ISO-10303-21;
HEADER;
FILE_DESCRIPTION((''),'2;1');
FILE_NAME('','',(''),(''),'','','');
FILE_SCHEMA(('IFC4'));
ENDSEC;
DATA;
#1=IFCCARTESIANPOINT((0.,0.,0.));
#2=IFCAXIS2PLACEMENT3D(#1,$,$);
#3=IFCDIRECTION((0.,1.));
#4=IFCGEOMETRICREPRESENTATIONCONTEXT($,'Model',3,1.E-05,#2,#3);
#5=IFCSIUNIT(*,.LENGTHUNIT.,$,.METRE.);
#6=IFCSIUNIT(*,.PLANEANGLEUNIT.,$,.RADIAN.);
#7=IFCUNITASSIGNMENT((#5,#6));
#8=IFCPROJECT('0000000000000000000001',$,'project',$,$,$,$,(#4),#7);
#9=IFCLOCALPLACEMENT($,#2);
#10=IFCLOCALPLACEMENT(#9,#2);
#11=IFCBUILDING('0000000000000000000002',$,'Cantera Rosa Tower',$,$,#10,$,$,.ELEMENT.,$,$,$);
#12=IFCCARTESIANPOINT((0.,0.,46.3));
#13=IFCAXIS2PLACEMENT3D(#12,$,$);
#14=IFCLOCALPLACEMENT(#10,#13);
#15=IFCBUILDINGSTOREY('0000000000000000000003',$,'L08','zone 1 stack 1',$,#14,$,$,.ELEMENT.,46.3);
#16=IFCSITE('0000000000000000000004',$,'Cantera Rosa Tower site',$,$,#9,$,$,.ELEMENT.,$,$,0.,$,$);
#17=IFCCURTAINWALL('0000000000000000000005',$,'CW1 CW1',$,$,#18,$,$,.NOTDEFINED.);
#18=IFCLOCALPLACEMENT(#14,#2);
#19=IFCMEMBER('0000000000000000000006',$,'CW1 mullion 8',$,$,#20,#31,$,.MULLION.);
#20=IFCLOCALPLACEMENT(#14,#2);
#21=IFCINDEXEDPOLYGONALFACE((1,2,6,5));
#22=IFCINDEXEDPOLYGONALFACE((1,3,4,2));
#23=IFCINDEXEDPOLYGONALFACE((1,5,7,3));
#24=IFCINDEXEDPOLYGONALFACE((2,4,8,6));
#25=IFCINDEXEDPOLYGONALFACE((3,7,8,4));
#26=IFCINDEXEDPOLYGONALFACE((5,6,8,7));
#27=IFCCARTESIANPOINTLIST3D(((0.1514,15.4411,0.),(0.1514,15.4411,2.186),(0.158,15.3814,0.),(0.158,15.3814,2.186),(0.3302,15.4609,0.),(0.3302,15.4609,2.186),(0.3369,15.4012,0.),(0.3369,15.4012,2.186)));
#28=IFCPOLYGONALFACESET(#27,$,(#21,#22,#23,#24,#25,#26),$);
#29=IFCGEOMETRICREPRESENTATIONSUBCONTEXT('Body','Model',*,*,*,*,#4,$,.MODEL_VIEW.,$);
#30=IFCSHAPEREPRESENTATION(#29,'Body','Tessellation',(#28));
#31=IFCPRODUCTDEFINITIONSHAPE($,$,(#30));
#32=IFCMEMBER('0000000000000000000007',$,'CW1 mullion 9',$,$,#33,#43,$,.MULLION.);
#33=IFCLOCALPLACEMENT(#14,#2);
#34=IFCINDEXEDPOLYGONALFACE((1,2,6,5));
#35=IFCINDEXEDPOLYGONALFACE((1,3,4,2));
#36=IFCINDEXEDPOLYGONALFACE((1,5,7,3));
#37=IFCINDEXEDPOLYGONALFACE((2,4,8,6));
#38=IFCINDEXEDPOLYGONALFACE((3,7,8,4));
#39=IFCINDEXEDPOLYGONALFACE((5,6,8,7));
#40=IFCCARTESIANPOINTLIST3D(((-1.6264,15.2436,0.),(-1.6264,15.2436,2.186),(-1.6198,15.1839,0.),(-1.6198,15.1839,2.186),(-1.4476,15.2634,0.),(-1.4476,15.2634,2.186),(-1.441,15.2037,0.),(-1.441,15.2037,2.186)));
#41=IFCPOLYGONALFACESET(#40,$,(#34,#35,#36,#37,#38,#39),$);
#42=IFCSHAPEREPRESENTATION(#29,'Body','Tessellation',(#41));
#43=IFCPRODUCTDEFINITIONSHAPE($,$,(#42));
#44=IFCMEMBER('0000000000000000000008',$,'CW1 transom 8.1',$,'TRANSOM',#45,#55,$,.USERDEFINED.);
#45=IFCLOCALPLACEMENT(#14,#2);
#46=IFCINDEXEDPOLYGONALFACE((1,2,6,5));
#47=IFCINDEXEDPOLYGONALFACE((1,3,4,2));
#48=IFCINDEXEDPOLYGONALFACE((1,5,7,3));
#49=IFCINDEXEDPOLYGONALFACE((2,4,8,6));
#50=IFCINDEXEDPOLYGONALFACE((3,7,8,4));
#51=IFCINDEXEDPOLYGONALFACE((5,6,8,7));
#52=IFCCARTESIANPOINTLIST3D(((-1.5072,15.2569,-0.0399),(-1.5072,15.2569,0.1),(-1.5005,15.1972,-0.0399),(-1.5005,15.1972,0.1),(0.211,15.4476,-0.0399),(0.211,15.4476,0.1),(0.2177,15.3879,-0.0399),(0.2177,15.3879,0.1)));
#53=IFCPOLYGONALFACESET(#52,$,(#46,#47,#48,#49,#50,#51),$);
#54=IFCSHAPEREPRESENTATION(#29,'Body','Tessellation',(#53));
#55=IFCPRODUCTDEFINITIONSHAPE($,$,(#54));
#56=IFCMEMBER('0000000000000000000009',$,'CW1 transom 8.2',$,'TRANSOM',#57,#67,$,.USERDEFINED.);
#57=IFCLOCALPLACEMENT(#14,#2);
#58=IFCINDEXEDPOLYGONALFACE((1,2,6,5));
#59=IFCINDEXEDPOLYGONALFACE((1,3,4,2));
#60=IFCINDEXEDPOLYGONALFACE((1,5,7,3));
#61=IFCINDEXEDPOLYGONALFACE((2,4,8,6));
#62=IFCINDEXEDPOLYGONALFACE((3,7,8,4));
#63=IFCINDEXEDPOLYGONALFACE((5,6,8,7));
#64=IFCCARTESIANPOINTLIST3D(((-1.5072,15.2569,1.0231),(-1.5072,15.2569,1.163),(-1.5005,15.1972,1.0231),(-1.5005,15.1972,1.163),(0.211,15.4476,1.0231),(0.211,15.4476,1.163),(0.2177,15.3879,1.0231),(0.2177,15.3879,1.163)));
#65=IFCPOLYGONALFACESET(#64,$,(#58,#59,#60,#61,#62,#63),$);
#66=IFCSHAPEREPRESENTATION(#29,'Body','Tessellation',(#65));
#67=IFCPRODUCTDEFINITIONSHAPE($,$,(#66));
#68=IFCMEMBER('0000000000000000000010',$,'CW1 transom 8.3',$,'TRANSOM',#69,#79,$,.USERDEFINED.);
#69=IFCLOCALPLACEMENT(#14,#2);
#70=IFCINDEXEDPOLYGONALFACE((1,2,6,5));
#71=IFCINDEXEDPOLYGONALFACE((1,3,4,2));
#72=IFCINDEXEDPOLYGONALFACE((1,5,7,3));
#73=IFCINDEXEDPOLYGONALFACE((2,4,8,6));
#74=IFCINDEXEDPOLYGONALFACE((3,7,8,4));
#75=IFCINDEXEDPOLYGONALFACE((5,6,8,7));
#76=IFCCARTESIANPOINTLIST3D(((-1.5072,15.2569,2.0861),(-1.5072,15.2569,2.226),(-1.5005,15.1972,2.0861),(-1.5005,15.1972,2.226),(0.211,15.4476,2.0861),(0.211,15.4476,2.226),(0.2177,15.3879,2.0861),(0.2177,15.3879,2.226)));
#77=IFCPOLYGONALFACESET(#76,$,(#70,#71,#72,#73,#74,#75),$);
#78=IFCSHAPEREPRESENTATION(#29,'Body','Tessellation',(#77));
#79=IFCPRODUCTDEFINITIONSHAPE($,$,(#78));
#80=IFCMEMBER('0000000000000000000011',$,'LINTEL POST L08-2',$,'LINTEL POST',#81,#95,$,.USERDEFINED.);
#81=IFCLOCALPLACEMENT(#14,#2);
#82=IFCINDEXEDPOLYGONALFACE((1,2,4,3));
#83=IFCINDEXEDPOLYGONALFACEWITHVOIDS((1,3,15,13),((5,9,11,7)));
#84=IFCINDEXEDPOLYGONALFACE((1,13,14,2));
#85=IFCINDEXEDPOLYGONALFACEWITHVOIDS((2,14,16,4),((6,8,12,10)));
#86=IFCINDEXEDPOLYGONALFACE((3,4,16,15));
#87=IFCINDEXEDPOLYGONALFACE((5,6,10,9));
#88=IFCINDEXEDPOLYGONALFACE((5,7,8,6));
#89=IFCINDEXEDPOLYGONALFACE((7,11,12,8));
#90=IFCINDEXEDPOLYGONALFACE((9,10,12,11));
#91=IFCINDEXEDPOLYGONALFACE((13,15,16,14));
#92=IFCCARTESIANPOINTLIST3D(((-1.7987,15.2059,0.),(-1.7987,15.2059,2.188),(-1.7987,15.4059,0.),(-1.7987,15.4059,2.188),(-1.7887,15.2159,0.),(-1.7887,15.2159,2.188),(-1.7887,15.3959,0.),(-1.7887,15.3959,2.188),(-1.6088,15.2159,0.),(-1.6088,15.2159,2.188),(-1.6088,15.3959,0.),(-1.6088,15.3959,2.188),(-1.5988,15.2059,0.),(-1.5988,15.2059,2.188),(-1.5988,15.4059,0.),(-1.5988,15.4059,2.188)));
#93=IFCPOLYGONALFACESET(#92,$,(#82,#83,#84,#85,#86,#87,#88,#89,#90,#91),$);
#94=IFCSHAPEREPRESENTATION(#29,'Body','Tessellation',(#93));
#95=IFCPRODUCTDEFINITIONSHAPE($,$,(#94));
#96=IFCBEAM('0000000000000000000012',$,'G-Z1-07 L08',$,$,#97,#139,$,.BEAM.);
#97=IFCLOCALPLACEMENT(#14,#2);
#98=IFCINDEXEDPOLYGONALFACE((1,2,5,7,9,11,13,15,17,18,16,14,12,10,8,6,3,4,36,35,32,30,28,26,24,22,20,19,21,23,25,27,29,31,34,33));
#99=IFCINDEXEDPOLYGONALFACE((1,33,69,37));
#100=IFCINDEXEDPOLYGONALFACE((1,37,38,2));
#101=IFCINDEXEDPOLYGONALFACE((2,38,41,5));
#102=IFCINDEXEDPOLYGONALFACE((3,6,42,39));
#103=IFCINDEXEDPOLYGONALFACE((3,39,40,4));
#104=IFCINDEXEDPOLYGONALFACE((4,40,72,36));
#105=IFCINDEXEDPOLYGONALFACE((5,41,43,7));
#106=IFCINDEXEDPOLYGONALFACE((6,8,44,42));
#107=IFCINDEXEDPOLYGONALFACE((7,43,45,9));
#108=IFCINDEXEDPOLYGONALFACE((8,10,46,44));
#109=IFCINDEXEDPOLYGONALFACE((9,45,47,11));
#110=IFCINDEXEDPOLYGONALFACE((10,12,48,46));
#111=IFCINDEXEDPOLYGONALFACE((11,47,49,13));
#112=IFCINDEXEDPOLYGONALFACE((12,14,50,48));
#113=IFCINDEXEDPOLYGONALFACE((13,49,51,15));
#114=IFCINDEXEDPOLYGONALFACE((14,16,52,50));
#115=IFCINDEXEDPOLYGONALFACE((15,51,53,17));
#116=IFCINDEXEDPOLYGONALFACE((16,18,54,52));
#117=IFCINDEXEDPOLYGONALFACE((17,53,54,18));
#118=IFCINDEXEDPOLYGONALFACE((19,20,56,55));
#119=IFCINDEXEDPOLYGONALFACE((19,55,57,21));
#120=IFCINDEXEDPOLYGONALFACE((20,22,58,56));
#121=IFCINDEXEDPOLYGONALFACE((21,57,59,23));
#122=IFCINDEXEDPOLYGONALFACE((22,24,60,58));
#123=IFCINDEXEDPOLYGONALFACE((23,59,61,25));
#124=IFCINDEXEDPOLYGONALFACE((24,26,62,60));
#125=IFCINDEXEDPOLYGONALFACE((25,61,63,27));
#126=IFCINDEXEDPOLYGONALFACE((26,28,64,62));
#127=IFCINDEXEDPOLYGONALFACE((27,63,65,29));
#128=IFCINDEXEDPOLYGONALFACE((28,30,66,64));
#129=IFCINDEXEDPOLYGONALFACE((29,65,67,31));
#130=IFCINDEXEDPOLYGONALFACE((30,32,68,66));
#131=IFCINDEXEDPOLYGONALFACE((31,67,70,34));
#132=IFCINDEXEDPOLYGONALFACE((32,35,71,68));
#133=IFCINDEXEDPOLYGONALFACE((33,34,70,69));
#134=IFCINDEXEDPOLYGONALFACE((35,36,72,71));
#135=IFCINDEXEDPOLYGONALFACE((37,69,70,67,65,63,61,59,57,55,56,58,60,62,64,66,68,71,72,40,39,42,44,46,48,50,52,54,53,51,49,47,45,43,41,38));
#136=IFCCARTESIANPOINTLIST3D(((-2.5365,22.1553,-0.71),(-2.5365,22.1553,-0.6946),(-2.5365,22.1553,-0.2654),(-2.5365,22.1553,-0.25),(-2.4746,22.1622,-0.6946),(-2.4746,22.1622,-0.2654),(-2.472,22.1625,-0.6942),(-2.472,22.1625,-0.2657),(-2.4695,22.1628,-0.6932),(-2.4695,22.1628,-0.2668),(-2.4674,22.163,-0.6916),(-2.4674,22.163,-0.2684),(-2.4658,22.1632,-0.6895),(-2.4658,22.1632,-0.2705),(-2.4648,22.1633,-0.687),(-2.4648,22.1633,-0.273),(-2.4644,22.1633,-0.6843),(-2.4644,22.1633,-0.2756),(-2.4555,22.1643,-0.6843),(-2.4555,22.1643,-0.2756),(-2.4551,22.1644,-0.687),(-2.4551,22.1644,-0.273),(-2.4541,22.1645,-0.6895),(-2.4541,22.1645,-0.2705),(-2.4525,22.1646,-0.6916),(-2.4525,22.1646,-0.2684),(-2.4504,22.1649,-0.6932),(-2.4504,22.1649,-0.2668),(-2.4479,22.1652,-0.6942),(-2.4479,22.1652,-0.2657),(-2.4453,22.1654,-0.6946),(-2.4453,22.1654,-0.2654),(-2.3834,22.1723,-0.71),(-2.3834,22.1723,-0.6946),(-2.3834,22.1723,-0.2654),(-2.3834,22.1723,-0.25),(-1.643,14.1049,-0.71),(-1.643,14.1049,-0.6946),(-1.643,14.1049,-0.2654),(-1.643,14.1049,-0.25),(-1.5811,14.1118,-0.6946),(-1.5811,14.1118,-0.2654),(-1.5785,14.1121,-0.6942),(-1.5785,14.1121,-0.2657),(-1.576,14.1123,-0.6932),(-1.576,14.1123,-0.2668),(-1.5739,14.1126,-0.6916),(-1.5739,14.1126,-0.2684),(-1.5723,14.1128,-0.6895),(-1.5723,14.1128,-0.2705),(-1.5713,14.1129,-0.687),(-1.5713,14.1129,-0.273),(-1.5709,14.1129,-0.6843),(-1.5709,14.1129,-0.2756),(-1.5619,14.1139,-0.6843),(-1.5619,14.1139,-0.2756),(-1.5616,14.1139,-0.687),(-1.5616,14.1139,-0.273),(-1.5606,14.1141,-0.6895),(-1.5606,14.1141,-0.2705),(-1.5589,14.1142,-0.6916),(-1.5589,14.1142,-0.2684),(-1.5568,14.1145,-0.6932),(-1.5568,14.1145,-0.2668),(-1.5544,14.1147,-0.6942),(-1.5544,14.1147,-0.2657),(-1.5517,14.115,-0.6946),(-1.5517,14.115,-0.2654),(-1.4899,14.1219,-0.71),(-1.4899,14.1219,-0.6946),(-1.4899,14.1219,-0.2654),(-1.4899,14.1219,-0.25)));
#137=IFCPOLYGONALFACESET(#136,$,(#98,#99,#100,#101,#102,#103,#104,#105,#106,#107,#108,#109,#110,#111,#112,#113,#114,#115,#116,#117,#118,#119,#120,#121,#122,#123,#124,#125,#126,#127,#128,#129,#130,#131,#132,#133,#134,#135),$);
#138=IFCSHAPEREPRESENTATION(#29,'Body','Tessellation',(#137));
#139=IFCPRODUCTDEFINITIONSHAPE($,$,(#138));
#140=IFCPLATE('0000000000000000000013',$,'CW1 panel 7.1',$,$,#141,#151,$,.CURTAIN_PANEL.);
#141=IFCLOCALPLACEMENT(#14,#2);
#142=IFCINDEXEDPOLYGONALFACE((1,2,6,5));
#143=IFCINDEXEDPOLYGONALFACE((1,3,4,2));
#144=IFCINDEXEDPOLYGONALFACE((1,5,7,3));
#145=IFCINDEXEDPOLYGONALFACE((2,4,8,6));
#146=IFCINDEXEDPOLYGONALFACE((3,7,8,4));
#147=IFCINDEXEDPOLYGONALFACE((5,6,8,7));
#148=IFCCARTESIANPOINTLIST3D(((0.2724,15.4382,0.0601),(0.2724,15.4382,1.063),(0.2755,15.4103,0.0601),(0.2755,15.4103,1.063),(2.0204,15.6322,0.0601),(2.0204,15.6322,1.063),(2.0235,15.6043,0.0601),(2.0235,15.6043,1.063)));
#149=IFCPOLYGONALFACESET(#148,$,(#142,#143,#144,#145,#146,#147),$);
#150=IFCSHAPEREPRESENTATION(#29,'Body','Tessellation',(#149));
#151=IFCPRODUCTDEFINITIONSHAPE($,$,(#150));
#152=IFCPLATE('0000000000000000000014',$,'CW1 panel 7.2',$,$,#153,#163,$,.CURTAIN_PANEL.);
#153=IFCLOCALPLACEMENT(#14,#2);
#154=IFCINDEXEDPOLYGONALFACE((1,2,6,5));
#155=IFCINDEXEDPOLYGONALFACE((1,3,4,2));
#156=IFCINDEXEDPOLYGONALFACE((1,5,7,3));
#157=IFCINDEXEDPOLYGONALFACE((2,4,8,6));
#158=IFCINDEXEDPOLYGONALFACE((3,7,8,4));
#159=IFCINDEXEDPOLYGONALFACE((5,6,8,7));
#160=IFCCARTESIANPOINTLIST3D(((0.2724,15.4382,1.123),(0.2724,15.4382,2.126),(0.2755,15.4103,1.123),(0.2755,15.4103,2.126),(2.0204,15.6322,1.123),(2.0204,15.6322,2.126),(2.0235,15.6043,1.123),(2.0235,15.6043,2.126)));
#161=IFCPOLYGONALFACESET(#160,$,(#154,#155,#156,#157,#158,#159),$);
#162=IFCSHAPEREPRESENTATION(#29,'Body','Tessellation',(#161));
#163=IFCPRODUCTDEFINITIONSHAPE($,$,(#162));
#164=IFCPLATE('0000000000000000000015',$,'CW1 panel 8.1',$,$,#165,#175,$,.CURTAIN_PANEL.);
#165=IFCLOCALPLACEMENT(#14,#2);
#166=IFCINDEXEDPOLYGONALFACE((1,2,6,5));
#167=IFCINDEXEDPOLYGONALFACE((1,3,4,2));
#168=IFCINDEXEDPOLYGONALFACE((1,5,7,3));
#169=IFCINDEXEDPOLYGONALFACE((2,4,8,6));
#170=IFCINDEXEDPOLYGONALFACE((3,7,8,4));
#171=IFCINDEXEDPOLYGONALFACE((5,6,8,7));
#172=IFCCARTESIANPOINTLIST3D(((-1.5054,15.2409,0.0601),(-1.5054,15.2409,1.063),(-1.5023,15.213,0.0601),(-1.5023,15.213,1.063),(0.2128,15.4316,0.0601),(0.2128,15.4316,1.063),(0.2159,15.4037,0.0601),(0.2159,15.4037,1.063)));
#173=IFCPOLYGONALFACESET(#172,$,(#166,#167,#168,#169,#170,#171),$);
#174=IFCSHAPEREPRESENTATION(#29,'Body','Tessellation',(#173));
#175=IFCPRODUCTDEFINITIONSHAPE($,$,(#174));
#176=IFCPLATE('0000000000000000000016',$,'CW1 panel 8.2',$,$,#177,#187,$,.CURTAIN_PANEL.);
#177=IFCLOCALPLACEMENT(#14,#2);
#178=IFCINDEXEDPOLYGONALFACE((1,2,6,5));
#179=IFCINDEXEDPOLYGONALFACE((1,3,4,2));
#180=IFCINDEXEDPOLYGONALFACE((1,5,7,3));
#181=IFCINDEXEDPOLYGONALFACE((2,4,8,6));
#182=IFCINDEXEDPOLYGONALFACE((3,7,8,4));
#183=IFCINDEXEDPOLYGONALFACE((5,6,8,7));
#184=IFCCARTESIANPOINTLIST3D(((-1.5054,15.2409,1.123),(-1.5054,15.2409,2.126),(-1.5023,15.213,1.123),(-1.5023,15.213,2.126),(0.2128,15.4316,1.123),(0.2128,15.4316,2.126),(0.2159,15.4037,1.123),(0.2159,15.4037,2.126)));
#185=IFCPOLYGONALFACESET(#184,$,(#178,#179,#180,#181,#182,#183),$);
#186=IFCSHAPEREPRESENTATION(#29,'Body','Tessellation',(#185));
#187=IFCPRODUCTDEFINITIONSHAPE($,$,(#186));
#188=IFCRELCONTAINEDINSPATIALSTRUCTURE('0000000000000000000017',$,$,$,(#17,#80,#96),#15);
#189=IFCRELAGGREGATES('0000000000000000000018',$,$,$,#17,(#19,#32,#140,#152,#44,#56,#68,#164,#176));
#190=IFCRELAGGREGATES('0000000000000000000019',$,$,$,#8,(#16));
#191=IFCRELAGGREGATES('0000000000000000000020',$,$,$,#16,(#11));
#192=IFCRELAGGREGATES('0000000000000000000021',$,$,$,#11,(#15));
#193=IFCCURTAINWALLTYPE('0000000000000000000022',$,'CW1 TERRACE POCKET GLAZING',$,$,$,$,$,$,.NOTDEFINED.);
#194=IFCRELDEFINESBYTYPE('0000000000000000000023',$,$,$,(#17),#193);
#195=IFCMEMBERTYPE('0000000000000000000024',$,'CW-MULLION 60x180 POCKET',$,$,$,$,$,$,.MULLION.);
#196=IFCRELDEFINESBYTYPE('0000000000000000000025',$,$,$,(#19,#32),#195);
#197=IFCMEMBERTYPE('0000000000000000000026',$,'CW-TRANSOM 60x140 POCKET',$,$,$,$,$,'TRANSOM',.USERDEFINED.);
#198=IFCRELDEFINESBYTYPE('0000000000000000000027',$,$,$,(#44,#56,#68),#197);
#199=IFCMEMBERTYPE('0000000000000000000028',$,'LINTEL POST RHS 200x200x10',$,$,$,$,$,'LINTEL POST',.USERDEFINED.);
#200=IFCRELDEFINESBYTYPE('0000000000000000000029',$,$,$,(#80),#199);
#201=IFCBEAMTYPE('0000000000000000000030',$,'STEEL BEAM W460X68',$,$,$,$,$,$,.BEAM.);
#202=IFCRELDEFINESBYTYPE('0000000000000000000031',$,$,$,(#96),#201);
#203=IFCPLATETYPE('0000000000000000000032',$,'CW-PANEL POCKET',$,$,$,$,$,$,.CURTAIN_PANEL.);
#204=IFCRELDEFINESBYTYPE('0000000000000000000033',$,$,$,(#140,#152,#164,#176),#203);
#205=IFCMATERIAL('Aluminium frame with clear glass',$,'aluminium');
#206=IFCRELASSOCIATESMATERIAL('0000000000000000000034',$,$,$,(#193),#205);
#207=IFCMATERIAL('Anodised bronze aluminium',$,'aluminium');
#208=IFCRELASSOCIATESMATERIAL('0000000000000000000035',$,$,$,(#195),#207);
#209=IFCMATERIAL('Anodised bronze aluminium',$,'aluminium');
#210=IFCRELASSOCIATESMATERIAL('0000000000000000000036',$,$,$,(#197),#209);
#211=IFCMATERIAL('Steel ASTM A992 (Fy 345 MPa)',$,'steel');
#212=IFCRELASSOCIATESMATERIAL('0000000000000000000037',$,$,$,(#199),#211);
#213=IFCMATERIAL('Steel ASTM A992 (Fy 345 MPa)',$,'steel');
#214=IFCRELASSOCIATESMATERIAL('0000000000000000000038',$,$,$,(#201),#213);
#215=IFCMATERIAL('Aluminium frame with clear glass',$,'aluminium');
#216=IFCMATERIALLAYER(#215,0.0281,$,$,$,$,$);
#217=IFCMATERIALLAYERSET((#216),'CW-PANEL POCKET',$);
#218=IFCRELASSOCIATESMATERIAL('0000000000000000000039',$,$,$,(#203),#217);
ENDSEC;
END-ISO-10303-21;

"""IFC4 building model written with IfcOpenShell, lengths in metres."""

from ifc_helpers import new_model, si_unit, direction, frame, origin, origin_2d, place, context, subcontext, project, spatial, rectangle, hollow_rectangle, i_section, extrude, material, layer, layer_set, material_profile, profile_set, type_object, element, aggregate, save


model = new_model("IFC4")

# Units and contexts
model_context = context("Model", 3, precision=1e-05, world=origin(), true_north=direction((0.0, 1.0)))
body_context = subcontext(model_context, "Body", "Model", "MODEL_VIEW")
ifc_project = project(units=[si_unit("LENGTHUNIT", "METRE"), si_unit("PLANEANGLEUNIT", "RADIAN")], contexts=[model_context])

# Site, building, storey
site_placement = place(None, origin())
site = spatial("IfcSite", under=ifc_project, at=site_placement, Name="Cantera Rosa Tower site", CompositionType="ELEMENT", RefElevation=0.0)
building_placement = place(site_placement, origin())
building = spatial("IfcBuilding", under=site, at=building_placement, Name="Cantera Rosa Tower", CompositionType="ELEMENT")
storey_placement = place(building_placement, frame((0.0, 0.0, 46.3)))
storey = spatial("IfcBuildingStorey", under=building, at=storey_placement, Name="L08", Description="zone 1 stack 1", CompositionType="ELEMENT", Elevation=46.3)

# Curtain wall, members
ifc_material_1 = material(Name="Aluminium frame with clear glass", Category="aluminium")
curtain_wall_type = type_object("IfcCurtainWallType", Name="CW1 TERRACE POCKET GLAZING", PredefinedType="NOTDEFINED", material=ifc_material_1)
curtain_wall_placement = place(storey_placement, origin())
curtain_wall = element("IfcCurtainWall", 1, at=curtain_wall_placement, inside=storey, type_object=curtain_wall_type, Name="CW1 CW1", PredefinedType="NOTDEFINED")
ifc_material_2 = material(Name="Anodised bronze aluminium", Category="aluminium")
ifc_material_profile_1 = material_profile(ifc_material_2, rectangle(XDim=0.0601, YDim=0.1799, at=origin_2d()), Name="CW-MULLION 60x180 POCKET")
ifc_profile_set_1 = profile_set([ifc_material_profile_1], Name="Anodised bronze aluminium")
member_type_1 = type_object("IfcMemberType", Name="CW-MULLION 60x180 POCKET", PredefinedType="MULLION", material=ifc_profile_set_1)
member_1_placement = place(storey_placement, frame((0.2441, 15.4211, 0.0), z_axis=(0.0, 0.0, 1.0), x_axis=(0.110313, -0.993897, 0.0)))
member_1 = element("IfcMember", 2, at=member_1_placement, type_object=member_type_1, Name="CW1 mullion 8", PredefinedType="MULLION", context=body_context, shape_type="SweptSolid", body=[
    extrude(rectangle(XDim=0.0601, YDim=0.1799, at=origin_2d()), origin(), (0.0, 0.0, 1.0), 2.186),
])
member_2_placement = place(storey_placement, frame((-1.5337, 15.2236, 0.0), z_axis=(0.0, 0.0, 1.0), x_axis=(0.110313, -0.993897, 0.0)))
member_2 = element("IfcMember", 3, at=member_2_placement, type_object=member_type_1, Name="CW1 mullion 9", PredefinedType="MULLION", context=body_context, shape_type="SweptSolid", body=[
    extrude(rectangle(XDim=0.0601, YDim=0.1799, at=origin_2d()), origin(), (0.0, 0.0, 1.0), 2.186),
])
ifc_material_3 = material(Name="Anodised bronze aluminium", Category="aluminium")
ifc_material_profile_2 = material_profile(ifc_material_3, rectangle(XDim=0.0601, YDim=0.1399, at=origin_2d()), Name="CW-TRANSOM 60x140 POCKET")
ifc_profile_set_2 = profile_set([ifc_material_profile_2], Name="Anodised bronze aluminium")
member_type_2 = type_object("IfcMemberType", Name="CW-TRANSOM 60x140 POCKET", ElementType="TRANSOM", PredefinedType="USERDEFINED", material=ifc_profile_set_2)
member_3_placement = place(storey_placement, frame((0.2144, 15.4177, 0.03), z_axis=(-0.993899, -0.110292, 0.0), x_axis=(0.110292, -0.993899, 0.0)))
member_3 = element("IfcMember", 4, at=member_3_placement, type_object=member_type_2, Name="CW1 transom 8.1", ObjectType="TRANSOM", PredefinedType="USERDEFINED", context=body_context, shape_type="SweptSolid", body=[
    extrude(rectangle(XDim=0.0601, YDim=0.1399, at=origin_2d()), origin(), (0.0, 0.0, 1.0), 1.7288),
])
member_4_placement = place(storey_placement, frame((0.2144, 15.4177, 1.093), z_axis=(-0.993899, -0.110292, 0.0), x_axis=(0.110292, -0.993899, 0.0)))
member_4 = element("IfcMember", 5, at=member_4_placement, type_object=member_type_2, Name="CW1 transom 8.2", ObjectType="TRANSOM", PredefinedType="USERDEFINED", context=body_context, shape_type="SweptSolid", body=[
    extrude(rectangle(XDim=0.0601, YDim=0.1399, at=origin_2d()), origin(), (0.0, 0.0, 1.0), 1.7288),
])
member_5_placement = place(storey_placement, frame((0.2144, 15.4177, 2.156), z_axis=(-0.993899, -0.110292, 0.0), x_axis=(0.110292, -0.993899, 0.0)))
member_5 = element("IfcMember", 6, at=member_5_placement, type_object=member_type_2, Name="CW1 transom 8.3", ObjectType="TRANSOM", PredefinedType="USERDEFINED", context=body_context, shape_type="SweptSolid", body=[
    extrude(rectangle(XDim=0.0601, YDim=0.1399, at=origin_2d()), origin(), (0.0, 0.0, 1.0), 1.7288),
])

# Member
ifc_material_4 = material(Name="Steel ASTM A992 (Fy 345 MPa)", Category="steel")
ifc_material_profile_3 = material_profile(ifc_material_4, hollow_rectangle(XDim=0.2, YDim=0.2, WallThickness=0.01, at=origin_2d()), Name="LINTEL POST RHS 200x200x10")
ifc_profile_set_3 = profile_set([ifc_material_profile_3], Name="Steel ASTM A992 (Fy 345 MPa)")
member_type_3 = type_object("IfcMemberType", Name="LINTEL POST RHS 200x200x10", ElementType="LINTEL POST", PredefinedType="USERDEFINED", material=ifc_profile_set_3)
member_6_placement = place(storey_placement, frame((-1.6987, 15.3059, 0.0), z_axis=(0.0, 0.0, 1.0), x_axis=(1.0, 0.0, 0.0)))
element("IfcMember", 7, at=member_6_placement, inside=storey, type_object=member_type_3, Name="LINTEL POST L08-2", ObjectType="LINTEL POST", PredefinedType="USERDEFINED", context=body_context, shape_type="SweptSolid", body=[
    extrude(hollow_rectangle(XDim=0.2, YDim=0.2, WallThickness=0.01, at=origin_2d()), origin(), (0.0, 0.0, 1.0), 2.188),
])

# Beam
ifc_material_5 = material(Name="Steel ASTM A992 (Fy 345 MPa)", Category="steel")
ifc_material_profile_4 = material_profile(ifc_material_5, i_section(OverallWidth=0.1541, OverallDepth=0.46, WebThickness=0.009, FlangeThickness=0.0154, FilletRadius=0.0103, at=origin_2d()), Name="W460X68")
ifc_profile_set_4 = profile_set([ifc_material_profile_4], Name="Steel ASTM A992 (Fy 345 MPa)")
beam_type = type_object("IfcBeamType", Name="STEEL BEAM W460X68", PredefinedType="BEAM", material=ifc_profile_set_4)
beam_placement = place(storey_placement, frame((-2.46, 22.1638, -0.48), z_axis=(0.110316, -0.993897, 0.0), x_axis=(0.993897, 0.110316, 0.0)))
element("IfcBeam", 8, at=beam_placement, inside=storey, type_object=beam_type, Name="G-Z1-07 L08", PredefinedType="BEAM", context=body_context, shape_type="SweptSolid", body=[
    extrude(i_section(OverallWidth=0.1541, OverallDepth=0.46, WebThickness=0.009, FlangeThickness=0.0154, FilletRadius=0.0103, at=origin_2d()), origin(), (0.0, 0.0, 1.0), 8.0999),
])

# Plates
ifc_material_6 = material(Name="Aluminium frame with clear glass", Category="aluminium")
ifc_layer_1 = layer(ifc_material_6, 0.0281)
ifc_layer_set_1 = layer_set([ifc_layer_1], Name="CW-PANEL POCKET")
plate_type = type_object("IfcPlateType", Name="CW-PANEL POCKET", PredefinedType="CURTAIN_PANEL", material=ifc_layer_set_1)
plate_1_placement = place(storey_placement, frame((1.1479, 15.5212, 0.0601), z_axis=(0.0, 0.0, 1.0), x_axis=(-0.993897, -0.110313, 0.0)))
plate_1 = element("IfcPlate", 9, at=plate_1_placement, type_object=plate_type, Name="CW1 panel 7.1", PredefinedType="CURTAIN_PANEL", context=body_context, shape_type="SweptSolid", body=[
    extrude(rectangle(XDim=1.7588, YDim=0.0281, at=origin_2d()), origin(), (0.0, 0.0, 1.0), 1.0029),
])
plate_2_placement = place(storey_placement, frame((1.1479, 15.5212, 1.123), z_axis=(0.0, 0.0, 1.0), x_axis=(-0.993897, -0.110313, 0.0)))
plate_2 = element("IfcPlate", 10, at=plate_2_placement, type_object=plate_type, Name="CW1 panel 7.2", PredefinedType="CURTAIN_PANEL", context=body_context, shape_type="SweptSolid", body=[
    extrude(rectangle(XDim=1.7588, YDim=0.0281, at=origin_2d()), origin(), (0.0, 0.0, 1.0), 1.0029),
])
plate_3_placement = place(storey_placement, frame((-0.6448, 15.3223, 0.0601), z_axis=(0.0, 0.0, 1.0), x_axis=(-0.993897, -0.110313, 0.0)))
plate_3 = element("IfcPlate", 11, at=plate_3_placement, type_object=plate_type, Name="CW1 panel 8.1", PredefinedType="CURTAIN_PANEL", context=body_context, shape_type="SweptSolid", body=[
    extrude(rectangle(XDim=1.7288, YDim=0.0281, at=origin_2d()), origin(), (0.0, 0.0, 1.0), 1.0029),
])
plate_4_placement = place(storey_placement, frame((-0.6448, 15.3223, 1.123), z_axis=(0.0, 0.0, 1.0), x_axis=(-0.993897, -0.110313, 0.0)))
plate_4 = element("IfcPlate", 12, at=plate_4_placement, type_object=plate_type, Name="CW1 panel 8.2", PredefinedType="CURTAIN_PANEL", context=body_context, shape_type="SweptSolid", body=[
    extrude(rectangle(XDim=1.7288, YDim=0.0281, at=origin_2d()), origin(), (0.0, 0.0, 1.0), 1.0029),
])
aggregate(curtain_wall, [member_1, member_2, plate_1, plate_2, member_3, member_4, member_5, plate_3, plate_4])

save(model, "model.ifc")
